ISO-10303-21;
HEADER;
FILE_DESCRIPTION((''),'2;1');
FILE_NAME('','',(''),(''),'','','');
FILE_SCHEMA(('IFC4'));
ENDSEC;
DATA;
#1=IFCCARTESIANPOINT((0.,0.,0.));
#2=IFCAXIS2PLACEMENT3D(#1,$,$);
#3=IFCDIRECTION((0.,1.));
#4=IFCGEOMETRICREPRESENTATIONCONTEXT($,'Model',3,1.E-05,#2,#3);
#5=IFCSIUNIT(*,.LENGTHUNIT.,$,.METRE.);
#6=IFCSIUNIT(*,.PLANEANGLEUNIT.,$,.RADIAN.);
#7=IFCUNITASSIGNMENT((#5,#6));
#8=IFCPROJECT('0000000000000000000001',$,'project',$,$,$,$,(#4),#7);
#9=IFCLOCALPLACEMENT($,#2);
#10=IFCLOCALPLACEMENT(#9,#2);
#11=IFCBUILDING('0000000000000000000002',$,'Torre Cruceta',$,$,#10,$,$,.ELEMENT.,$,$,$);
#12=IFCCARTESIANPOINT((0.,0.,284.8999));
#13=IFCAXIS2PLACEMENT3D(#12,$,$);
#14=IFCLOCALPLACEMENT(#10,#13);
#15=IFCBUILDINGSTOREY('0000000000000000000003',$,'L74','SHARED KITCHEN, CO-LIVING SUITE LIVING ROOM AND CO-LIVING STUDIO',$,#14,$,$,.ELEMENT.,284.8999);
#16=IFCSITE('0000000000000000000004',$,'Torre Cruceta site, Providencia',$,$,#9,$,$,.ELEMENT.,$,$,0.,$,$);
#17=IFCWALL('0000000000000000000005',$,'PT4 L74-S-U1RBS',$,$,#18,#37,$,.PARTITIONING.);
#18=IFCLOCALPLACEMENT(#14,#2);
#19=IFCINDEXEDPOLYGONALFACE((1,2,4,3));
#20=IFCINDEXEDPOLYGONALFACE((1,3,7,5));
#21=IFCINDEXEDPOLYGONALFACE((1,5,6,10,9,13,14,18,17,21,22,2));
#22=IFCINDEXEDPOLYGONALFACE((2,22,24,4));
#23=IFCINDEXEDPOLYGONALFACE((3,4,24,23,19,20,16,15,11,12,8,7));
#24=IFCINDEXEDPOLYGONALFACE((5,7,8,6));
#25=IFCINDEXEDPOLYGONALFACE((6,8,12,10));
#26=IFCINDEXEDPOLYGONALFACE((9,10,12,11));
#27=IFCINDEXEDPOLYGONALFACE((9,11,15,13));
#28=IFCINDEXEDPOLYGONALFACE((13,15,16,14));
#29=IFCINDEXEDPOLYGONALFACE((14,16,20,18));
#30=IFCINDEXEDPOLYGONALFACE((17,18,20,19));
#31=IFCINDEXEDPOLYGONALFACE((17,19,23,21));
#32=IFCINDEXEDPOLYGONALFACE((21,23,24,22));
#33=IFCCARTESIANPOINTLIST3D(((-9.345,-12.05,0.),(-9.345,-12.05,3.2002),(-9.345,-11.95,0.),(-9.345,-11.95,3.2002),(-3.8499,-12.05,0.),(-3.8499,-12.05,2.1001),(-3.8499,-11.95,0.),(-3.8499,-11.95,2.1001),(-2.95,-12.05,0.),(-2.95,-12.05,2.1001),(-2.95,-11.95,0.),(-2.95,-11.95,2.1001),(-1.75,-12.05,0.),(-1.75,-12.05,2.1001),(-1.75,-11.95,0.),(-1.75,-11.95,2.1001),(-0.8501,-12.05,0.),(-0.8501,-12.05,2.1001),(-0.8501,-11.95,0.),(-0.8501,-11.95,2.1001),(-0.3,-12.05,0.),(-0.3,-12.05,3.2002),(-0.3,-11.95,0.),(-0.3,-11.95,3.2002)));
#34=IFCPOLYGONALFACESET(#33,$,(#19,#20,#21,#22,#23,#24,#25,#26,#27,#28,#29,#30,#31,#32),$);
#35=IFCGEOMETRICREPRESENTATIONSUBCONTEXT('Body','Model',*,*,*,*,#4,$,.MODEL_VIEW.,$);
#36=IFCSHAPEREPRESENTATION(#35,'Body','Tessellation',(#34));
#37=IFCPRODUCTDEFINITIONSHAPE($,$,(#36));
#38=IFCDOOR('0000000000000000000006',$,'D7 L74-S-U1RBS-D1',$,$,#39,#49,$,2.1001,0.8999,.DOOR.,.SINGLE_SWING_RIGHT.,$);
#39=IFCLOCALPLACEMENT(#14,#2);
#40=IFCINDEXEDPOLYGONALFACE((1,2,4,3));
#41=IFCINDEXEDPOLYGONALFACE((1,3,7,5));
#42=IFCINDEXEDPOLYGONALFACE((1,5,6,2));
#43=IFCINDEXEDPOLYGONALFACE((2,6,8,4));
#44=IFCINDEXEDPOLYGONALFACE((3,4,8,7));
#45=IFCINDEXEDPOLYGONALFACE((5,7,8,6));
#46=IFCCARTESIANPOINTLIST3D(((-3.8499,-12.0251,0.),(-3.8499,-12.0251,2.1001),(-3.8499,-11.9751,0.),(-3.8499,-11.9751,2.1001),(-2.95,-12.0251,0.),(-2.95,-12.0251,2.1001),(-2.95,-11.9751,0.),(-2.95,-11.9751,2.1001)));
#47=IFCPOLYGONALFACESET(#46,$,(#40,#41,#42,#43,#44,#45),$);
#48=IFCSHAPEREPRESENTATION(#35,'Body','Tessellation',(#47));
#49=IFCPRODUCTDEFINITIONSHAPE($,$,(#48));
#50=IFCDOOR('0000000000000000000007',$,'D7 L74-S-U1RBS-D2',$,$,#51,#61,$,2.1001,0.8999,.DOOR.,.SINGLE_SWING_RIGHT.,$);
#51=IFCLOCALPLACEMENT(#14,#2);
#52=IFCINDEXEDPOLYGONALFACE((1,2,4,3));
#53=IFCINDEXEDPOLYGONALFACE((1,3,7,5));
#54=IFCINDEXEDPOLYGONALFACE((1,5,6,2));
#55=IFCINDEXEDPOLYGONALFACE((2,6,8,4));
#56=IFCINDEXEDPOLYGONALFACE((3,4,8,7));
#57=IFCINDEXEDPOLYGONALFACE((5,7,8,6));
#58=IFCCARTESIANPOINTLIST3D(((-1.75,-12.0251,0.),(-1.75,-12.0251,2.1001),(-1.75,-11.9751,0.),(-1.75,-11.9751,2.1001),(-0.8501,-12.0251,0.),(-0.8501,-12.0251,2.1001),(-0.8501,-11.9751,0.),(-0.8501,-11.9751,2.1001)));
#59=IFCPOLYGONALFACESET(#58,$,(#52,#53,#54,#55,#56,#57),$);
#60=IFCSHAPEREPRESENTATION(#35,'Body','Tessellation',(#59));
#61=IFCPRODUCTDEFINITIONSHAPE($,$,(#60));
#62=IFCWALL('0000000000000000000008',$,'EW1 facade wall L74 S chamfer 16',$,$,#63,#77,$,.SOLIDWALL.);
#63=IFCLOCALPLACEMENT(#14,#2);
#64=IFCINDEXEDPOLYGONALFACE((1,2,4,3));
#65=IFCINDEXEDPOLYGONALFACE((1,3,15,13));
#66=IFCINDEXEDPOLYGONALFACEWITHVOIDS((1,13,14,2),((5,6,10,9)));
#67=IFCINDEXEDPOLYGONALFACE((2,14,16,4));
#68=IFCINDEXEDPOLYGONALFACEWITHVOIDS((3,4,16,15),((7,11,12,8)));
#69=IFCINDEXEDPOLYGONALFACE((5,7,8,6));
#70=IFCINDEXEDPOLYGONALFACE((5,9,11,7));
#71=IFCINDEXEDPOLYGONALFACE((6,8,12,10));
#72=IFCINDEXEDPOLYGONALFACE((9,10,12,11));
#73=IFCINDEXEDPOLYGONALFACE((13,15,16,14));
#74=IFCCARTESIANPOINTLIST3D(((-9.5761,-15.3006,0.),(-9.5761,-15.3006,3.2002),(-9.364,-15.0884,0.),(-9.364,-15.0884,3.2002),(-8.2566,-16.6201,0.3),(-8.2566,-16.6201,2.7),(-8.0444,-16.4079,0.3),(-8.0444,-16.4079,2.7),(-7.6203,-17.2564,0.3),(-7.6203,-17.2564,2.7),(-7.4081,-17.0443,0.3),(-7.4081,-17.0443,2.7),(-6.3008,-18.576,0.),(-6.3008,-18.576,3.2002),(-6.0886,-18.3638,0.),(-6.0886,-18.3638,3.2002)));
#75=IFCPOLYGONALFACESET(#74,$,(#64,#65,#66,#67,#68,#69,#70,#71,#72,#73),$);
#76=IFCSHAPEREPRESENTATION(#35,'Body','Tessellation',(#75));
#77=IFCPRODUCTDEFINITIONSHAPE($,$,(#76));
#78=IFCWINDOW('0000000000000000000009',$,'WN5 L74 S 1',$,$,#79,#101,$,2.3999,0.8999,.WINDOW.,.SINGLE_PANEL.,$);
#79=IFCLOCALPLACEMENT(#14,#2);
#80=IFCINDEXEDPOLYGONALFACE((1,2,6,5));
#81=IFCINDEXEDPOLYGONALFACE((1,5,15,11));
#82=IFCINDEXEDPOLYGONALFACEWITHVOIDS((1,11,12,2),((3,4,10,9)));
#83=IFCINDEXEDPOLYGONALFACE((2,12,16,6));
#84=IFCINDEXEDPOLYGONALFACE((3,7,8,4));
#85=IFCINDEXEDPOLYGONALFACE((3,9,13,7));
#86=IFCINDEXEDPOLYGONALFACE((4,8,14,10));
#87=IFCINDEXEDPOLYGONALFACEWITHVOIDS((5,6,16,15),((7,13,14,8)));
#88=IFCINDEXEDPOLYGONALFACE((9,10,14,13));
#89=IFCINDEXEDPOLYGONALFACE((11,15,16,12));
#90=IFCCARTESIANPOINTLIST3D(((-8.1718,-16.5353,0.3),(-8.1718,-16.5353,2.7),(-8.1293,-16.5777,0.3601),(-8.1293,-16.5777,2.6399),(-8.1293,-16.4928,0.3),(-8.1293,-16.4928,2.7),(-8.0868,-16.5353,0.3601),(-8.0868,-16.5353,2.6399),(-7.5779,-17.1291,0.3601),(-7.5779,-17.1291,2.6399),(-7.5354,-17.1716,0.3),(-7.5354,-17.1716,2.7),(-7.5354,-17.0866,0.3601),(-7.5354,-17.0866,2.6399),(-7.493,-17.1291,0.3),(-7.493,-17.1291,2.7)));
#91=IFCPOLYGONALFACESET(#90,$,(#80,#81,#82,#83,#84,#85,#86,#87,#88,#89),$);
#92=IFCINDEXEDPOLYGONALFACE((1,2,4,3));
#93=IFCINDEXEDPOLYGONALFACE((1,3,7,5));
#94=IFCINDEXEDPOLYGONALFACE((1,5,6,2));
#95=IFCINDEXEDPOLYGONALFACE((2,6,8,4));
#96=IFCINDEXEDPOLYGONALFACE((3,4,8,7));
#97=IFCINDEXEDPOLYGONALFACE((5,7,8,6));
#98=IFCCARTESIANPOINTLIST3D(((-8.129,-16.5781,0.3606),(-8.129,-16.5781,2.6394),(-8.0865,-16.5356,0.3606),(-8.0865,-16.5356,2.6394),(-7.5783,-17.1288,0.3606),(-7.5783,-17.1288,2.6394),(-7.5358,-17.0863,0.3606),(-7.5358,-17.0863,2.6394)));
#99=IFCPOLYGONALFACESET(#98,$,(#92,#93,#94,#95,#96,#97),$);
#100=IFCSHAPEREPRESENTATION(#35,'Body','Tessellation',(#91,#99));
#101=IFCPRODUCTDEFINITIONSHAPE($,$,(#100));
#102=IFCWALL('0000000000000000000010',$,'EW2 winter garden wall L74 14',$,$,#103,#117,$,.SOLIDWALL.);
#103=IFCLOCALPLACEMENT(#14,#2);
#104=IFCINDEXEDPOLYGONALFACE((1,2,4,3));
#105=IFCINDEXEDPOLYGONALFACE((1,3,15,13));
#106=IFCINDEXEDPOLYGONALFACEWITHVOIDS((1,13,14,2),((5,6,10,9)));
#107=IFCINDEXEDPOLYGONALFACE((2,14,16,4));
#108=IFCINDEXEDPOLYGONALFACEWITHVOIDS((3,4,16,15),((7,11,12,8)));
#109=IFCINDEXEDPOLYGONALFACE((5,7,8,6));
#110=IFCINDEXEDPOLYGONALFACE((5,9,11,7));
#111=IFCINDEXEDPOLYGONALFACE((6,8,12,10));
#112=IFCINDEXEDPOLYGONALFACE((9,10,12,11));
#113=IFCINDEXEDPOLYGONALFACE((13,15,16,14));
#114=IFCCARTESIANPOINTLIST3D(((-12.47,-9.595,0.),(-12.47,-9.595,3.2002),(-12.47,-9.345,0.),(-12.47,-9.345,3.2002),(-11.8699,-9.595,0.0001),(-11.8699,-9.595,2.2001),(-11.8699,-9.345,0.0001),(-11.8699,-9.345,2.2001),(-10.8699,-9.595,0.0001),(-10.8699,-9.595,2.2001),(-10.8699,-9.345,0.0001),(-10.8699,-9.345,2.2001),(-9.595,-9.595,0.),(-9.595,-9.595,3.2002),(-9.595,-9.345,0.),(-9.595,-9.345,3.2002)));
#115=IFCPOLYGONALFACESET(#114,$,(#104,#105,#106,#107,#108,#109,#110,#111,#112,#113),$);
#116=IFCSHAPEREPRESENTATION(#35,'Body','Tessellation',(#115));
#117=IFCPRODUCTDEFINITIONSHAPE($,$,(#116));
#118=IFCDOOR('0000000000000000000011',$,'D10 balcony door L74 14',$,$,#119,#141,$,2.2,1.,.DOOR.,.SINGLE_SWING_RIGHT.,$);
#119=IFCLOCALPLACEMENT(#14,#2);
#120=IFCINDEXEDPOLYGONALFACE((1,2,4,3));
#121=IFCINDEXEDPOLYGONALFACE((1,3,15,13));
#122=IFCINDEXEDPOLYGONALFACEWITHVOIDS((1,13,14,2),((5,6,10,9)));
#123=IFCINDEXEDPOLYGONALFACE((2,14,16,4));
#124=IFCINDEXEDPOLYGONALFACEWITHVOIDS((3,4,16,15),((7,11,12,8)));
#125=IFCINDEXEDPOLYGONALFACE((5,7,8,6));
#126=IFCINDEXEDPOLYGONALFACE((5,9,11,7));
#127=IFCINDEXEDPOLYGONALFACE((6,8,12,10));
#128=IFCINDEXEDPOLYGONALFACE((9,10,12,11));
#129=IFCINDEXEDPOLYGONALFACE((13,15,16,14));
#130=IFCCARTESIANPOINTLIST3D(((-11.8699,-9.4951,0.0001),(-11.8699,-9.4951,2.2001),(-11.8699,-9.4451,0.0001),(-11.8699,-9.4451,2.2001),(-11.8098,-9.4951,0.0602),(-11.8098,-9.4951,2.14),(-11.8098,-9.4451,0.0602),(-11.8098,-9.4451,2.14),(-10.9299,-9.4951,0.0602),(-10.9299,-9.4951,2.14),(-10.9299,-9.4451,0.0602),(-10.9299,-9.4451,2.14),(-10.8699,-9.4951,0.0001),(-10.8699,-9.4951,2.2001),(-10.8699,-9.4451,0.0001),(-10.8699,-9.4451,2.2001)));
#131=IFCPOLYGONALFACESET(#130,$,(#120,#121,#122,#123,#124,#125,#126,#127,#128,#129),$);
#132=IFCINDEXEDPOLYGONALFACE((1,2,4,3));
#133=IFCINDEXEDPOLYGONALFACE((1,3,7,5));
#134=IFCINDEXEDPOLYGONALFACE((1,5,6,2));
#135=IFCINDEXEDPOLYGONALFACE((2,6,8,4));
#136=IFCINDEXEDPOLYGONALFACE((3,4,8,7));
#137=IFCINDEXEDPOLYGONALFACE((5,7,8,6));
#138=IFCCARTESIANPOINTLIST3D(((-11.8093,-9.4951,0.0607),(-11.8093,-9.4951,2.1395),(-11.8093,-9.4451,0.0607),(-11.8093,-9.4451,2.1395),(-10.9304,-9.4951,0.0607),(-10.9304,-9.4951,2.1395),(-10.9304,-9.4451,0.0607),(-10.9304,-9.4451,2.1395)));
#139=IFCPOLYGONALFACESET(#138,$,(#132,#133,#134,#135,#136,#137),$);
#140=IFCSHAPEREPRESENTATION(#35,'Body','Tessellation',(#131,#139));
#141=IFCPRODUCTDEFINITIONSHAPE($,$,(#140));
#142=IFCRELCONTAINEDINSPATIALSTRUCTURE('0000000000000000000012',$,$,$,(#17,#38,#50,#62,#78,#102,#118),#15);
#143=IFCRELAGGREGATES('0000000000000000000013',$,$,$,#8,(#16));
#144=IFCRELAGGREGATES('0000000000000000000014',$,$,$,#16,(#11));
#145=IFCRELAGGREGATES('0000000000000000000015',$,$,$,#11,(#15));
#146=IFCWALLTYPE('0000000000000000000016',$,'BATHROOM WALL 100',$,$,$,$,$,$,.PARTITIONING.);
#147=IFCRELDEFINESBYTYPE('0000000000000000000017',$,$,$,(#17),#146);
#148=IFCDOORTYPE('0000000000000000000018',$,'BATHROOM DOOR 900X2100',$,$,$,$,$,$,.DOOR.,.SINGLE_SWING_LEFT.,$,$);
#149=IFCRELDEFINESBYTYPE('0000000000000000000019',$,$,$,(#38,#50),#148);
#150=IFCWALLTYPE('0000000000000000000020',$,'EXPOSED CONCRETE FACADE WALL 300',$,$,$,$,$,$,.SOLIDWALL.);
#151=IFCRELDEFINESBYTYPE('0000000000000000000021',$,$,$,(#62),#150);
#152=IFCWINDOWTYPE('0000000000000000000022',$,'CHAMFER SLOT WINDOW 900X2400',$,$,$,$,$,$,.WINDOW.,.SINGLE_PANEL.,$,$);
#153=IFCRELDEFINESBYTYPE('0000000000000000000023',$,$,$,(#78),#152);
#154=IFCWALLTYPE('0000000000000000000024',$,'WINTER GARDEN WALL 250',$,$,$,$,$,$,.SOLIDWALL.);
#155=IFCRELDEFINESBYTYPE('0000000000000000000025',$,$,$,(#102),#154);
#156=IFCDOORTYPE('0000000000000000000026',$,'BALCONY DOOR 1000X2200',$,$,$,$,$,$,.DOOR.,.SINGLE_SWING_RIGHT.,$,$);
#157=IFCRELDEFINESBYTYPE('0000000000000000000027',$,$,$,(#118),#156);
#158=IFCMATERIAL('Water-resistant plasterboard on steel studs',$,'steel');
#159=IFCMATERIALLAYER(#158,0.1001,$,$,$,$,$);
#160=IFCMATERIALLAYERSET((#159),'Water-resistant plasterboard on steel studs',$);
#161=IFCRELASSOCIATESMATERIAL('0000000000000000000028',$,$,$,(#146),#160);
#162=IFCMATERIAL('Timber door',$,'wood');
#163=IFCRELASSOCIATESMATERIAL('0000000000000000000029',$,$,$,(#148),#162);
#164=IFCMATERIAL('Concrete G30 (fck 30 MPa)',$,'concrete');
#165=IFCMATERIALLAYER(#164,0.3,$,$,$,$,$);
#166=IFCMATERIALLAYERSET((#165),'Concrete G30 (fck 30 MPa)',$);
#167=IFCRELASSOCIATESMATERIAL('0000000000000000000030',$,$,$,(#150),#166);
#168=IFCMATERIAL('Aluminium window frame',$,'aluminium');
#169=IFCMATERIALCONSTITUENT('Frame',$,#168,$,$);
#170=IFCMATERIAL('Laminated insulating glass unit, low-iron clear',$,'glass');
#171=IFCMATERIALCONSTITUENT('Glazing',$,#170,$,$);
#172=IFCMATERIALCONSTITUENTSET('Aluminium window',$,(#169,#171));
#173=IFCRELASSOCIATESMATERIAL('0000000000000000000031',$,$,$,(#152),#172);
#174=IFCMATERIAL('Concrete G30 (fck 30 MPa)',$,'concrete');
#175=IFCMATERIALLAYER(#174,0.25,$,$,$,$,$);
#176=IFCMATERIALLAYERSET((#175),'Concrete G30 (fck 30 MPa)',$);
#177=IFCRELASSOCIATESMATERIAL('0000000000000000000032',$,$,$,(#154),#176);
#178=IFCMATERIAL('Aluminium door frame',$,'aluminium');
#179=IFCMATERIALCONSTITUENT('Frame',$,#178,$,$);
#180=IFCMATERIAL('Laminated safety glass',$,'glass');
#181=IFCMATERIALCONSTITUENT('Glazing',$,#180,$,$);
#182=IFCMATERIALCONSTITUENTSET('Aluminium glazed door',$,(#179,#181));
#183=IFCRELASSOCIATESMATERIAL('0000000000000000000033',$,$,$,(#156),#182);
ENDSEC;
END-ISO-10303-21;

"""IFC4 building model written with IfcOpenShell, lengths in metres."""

from ifc_helpers import new_model, si_unit, direction, frame, frame_2d, origin, place, context, subcontext, project, spatial, rectangle, hollow_rectangle, extrude, material, layer, layer_set, constituent, constituent_set, type_object, element, fill, save


model = new_model("IFC4")

# Units and contexts
model_context = context("Model", 3, precision=1e-05, world=origin(), true_north=direction((0.0, 1.0)))
body_context = subcontext(model_context, "Body", "Model", "MODEL_VIEW")
ifc_project = project(units=[si_unit("LENGTHUNIT", "METRE"), si_unit("PLANEANGLEUNIT", "RADIAN")], contexts=[model_context])

# Site, building, storey
site_placement = place(None, origin())
site = spatial("IfcSite", under=ifc_project, at=site_placement, Name="Torre Cruceta site, Providencia", CompositionType="ELEMENT", RefElevation=0.0)
building_placement = place(site_placement, origin())
building = spatial("IfcBuilding", under=site, at=building_placement, Name="Torre Cruceta", CompositionType="ELEMENT")
storey_placement = place(building_placement, frame((0.0, 0.0, 284.8999)))
storey = spatial("IfcBuildingStorey", under=building, at=storey_placement, Name="L74", Description="SHARED KITCHEN, CO-LIVING SUITE LIVING ROOM AND CO-LIVING STUDIO", CompositionType="ELEMENT", Elevation=284.8999)

# Wall, openings, doors
ifc_material_1 = material(Name="Water-resistant plasterboard on steel studs", Category="steel")
ifc_layer_1 = layer(ifc_material_1, 0.1001)
ifc_layer_set_1 = layer_set([ifc_layer_1], Name="Water-resistant plasterboard on steel studs")
wall_type_1 = type_object("IfcWallType", Name="BATHROOM WALL 100", PredefinedType="PARTITIONING", material=ifc_layer_set_1)
wall_1_placement = place(storey_placement, frame((-9.345, -12.0, 0.0), z_axis=(0.0, 0.0, 1.0), x_axis=(1.0, 0.0, 0.0)))
wall_1 = element("IfcWall", 1, at=wall_1_placement, inside=storey, type_object=wall_type_1, Name="PT4 L74-S-U1RBS", PredefinedType="PARTITIONING", context=body_context, shape_type="SweptSolid", body=[
    extrude(rectangle(XDim=9.0449, YDim=0.1001, at=frame_2d((4.5225, 0.0))), origin(), (0.0, 0.0, 1.0), 3.2002),
])
opening_1_placement = place(wall_1_placement, frame((5.4951, 0.0, 0.0)))
opening_1 = element("IfcOpeningElement", 2, at=opening_1_placement, cuts=wall_1, PredefinedType="OPENING", context=body_context, shape_type="SweptSolid", body=[
    extrude(rectangle(XDim=0.8999, YDim=2.1001, at=frame_2d((0.45, 1.05))), frame((0.0, 0.0601, 0.0), z_axis=(0.0, -1.0, 0.0), x_axis=(1.0, 0.0, 0.0)), (0.0, 0.0, 1.0), 0.1201),
])
opening_2_placement = place(wall_1_placement, frame((7.595, 0.0, 0.0)))
opening_2 = element("IfcOpeningElement", 3, at=opening_2_placement, cuts=wall_1, PredefinedType="OPENING", context=body_context, shape_type="SweptSolid", body=[
    extrude(rectangle(XDim=0.8999, YDim=2.1001, at=frame_2d((0.45, 1.05))), frame((0.0, 0.0601, 0.0), z_axis=(0.0, -1.0, 0.0), x_axis=(1.0, 0.0, 0.0)), (0.0, 0.0, 1.0), 0.1201),
])
ifc_material_2 = material(Name="Timber door", Category="wood")
door_type_1 = type_object("IfcDoorType", Name="BATHROOM DOOR 900X2100", OperationType="SINGLE_SWING_LEFT", PredefinedType="DOOR", material=ifc_material_2)
door_1_placement = place(opening_1_placement, origin())
door_1 = element("IfcDoor", 4, at=door_1_placement, inside=storey, type_object=door_type_1, Name="D7 L74-S-U1RBS-D1", OperationType="SINGLE_SWING_RIGHT", OverallHeight=2.1001, OverallWidth=0.8999, PredefinedType="DOOR", context=body_context, shape_type="SweptSolid", body=[
    extrude(rectangle(XDim=0.8999, YDim=2.1001, at=frame_2d((0.45, 1.05))), frame((0.0, 0.0249, 0.0), z_axis=(0.0, -1.0, 0.0), x_axis=(1.0, 0.0, 0.0)), (0.0, 0.0, 1.0), 0.05),
])
fill(opening_1, door_1)
door_2_placement = place(opening_2_placement, origin())
door_2 = element("IfcDoor", 5, at=door_2_placement, inside=storey, type_object=door_type_1, Name="D7 L74-S-U1RBS-D2", OperationType="SINGLE_SWING_RIGHT", OverallHeight=2.1001, OverallWidth=0.8999, PredefinedType="DOOR", context=body_context, shape_type="SweptSolid", body=[
    extrude(rectangle(XDim=0.8999, YDim=2.1001, at=frame_2d((0.45, 1.05))), frame((0.0, 0.0249, 0.0), z_axis=(0.0, -1.0, 0.0), x_axis=(1.0, 0.0, 0.0)), (0.0, 0.0, 1.0), 0.05),
])
fill(opening_2, door_2)

# Wall, opening, window
ifc_material_3 = material(Name="Concrete G30 (fck 30 MPa)", Category="concrete")
ifc_layer_2 = layer(ifc_material_3, 0.3)
ifc_layer_set_2 = layer_set([ifc_layer_2], Name="Concrete G30 (fck 30 MPa)")
wall_type_2 = type_object("IfcWallType", Name="EXPOSED CONCRETE FACADE WALL 300", PredefinedType="SOLIDWALL", material=ifc_layer_set_2)
wall_2_placement = place(storey_placement, frame((-9.47, -15.1946, 0.0), z_axis=(0.0, 0.0, 1.0), x_axis=(0.707107, -0.707107, 0.0)))
wall_2 = element("IfcWall", 6, at=wall_2_placement, inside=storey, type_object=wall_type_2, Name="EW1 facade wall L74 S chamfer 16", PredefinedType="SOLIDWALL", context=body_context, shape_type="SweptSolid", body=[
    extrude(rectangle(XDim=4.6321, YDim=0.3, at=frame_2d((2.3159, 0.0))), origin(), (0.0, 0.0, 1.0), 3.2002),
])
opening_3_placement = place(wall_2_placement, frame((1.866, 0.0, 0.3)))
opening_3 = element("IfcOpeningElement", 7, at=opening_3_placement, cuts=wall_2, PredefinedType="OPENING", context=body_context, shape_type="SweptSolid", body=[
    extrude(rectangle(XDim=0.8999, YDim=2.3999, at=frame_2d((0.45, 1.2))), frame((0.0, 0.1599, 0.0), z_axis=(0.0, -1.0, 0.0), x_axis=(1.0, 0.0, 0.0)), (0.0, 0.0, 1.0), 0.3201),
])
ifc_material_4 = material(Name="Aluminium window frame", Category="aluminium")
ifc_constituent_1 = constituent(ifc_material_4, Name="Frame")
ifc_material_5 = material(Name="Laminated insulating glass unit, low-iron clear", Category="glass")
ifc_constituent_2 = constituent(ifc_material_5, Name="Glazing")
ifc_constituent_set_1 = constituent_set(constituents=[ifc_constituent_1, ifc_constituent_2], Name="Aluminium window")
window_type = type_object("IfcWindowType", Name="CHAMFER SLOT WINDOW 900X2400", PartitioningType="SINGLE_PANEL", PredefinedType="WINDOW", material=ifc_constituent_set_1)
window_placement = place(opening_3_placement, origin())
window = element("IfcWindow", 8, at=window_placement, inside=storey, type_object=window_type, Name="WN5 L74 S 1", OverallHeight=2.3999, OverallWidth=0.8999, PartitioningType="SINGLE_PANEL", PredefinedType="WINDOW", context=body_context, shape_type="SweptSolid", body=[
    extrude(hollow_rectangle(XDim=0.8999, YDim=2.3999, WallThickness=0.0601, at=frame_2d((0.45, 1.2))), frame((0.0, 0.03, 0.0), z_axis=(0.0, -1.0, 0.0), x_axis=(1.0, 0.0, 0.0)), (0.0, 0.0, 1.0), 0.0601),
    extrude(rectangle(XDim=0.7788, YDim=2.2788, at=frame_2d((0.45, 1.2))), frame((0.0, 0.03, 0.0), z_axis=(0.0, -1.0, 0.0), x_axis=(1.0, 0.0, 0.0)), (0.0, 0.0, 1.0), 0.0601),
])
fill(opening_3, window)

# Wall, opening, door
ifc_material_6 = material(Name="Concrete G30 (fck 30 MPa)", Category="concrete")
ifc_layer_3 = layer(ifc_material_6, 0.25)
ifc_layer_set_3 = layer_set([ifc_layer_3], Name="Concrete G30 (fck 30 MPa)")
wall_type_3 = type_object("IfcWallType", Name="WINTER GARDEN WALL 250", PredefinedType="SOLIDWALL", material=ifc_layer_set_3)
wall_3_placement = place(storey_placement, frame((-12.47, -9.47, 0.0), z_axis=(0.0, 0.0, 1.0), x_axis=(1.0, 0.0, 0.0)))
wall_3 = element("IfcWall", 9, at=wall_3_placement, inside=storey, type_object=wall_type_3, Name="EW2 winter garden wall L74 14", PredefinedType="SOLIDWALL", context=body_context, shape_type="SweptSolid", body=[
    extrude(rectangle(XDim=2.875, YDim=0.25, at=frame_2d((1.4375, 0.0))), origin(), (0.0, 0.0, 1.0), 3.2002),
])
opening_4_placement = place(wall_3_placement, frame((0.6001, 0.0, 0.0)))
opening_4 = element("IfcOpeningElement", 10, at=opening_4_placement, cuts=wall_3, PredefinedType="OPENING", context=body_context, shape_type="SweptSolid", body=[
    extrude(rectangle(XDim=1.0, YDim=2.2, at=frame_2d((0.5, 1.1001))), frame((0.0, 0.135, 0.0), z_axis=(0.0, -1.0, 0.0), x_axis=(1.0, 0.0, 0.0)), (0.0, 0.0, 1.0), 0.27),
])
ifc_material_7 = material(Name="Aluminium door frame", Category="aluminium")
ifc_constituent_3 = constituent(ifc_material_7, Name="Frame")
ifc_material_8 = material(Name="Laminated safety glass", Category="glass")
ifc_constituent_4 = constituent(ifc_material_8, Name="Glazing")
ifc_constituent_set_2 = constituent_set(constituents=[ifc_constituent_3, ifc_constituent_4], Name="Aluminium glazed door")
door_type_2 = type_object("IfcDoorType", Name="BALCONY DOOR 1000X2200", OperationType="SINGLE_SWING_RIGHT", PredefinedType="DOOR", material=ifc_constituent_set_2)
door_3_placement = place(opening_4_placement, origin())
door_3 = element("IfcDoor", 11, at=door_3_placement, inside=storey, type_object=door_type_2, Name="D10 balcony door L74 14", OperationType="SINGLE_SWING_RIGHT", OverallHeight=2.2, OverallWidth=1.0, PredefinedType="DOOR", context=body_context, shape_type="SweptSolid", body=[
    extrude(hollow_rectangle(XDim=1.0, YDim=2.2, WallThickness=0.0601, at=frame_2d((0.5, 1.1001))), frame((0.0, 0.0249, 0.0), z_axis=(0.0, -1.0, 0.0), x_axis=(1.0, 0.0, 0.0)), (0.0, 0.0, 1.0), 0.05),
    extrude(rectangle(XDim=0.8789, YDim=2.0789, at=frame_2d((0.5, 1.1001))), frame((0.0, 0.0249, 0.0), z_axis=(0.0, -1.0, 0.0), x_axis=(1.0, 0.0, 0.0)), (0.0, 0.0, 1.0), 0.05),
])
fill(opening_4, door_3)

save(model, "model.ifc")
